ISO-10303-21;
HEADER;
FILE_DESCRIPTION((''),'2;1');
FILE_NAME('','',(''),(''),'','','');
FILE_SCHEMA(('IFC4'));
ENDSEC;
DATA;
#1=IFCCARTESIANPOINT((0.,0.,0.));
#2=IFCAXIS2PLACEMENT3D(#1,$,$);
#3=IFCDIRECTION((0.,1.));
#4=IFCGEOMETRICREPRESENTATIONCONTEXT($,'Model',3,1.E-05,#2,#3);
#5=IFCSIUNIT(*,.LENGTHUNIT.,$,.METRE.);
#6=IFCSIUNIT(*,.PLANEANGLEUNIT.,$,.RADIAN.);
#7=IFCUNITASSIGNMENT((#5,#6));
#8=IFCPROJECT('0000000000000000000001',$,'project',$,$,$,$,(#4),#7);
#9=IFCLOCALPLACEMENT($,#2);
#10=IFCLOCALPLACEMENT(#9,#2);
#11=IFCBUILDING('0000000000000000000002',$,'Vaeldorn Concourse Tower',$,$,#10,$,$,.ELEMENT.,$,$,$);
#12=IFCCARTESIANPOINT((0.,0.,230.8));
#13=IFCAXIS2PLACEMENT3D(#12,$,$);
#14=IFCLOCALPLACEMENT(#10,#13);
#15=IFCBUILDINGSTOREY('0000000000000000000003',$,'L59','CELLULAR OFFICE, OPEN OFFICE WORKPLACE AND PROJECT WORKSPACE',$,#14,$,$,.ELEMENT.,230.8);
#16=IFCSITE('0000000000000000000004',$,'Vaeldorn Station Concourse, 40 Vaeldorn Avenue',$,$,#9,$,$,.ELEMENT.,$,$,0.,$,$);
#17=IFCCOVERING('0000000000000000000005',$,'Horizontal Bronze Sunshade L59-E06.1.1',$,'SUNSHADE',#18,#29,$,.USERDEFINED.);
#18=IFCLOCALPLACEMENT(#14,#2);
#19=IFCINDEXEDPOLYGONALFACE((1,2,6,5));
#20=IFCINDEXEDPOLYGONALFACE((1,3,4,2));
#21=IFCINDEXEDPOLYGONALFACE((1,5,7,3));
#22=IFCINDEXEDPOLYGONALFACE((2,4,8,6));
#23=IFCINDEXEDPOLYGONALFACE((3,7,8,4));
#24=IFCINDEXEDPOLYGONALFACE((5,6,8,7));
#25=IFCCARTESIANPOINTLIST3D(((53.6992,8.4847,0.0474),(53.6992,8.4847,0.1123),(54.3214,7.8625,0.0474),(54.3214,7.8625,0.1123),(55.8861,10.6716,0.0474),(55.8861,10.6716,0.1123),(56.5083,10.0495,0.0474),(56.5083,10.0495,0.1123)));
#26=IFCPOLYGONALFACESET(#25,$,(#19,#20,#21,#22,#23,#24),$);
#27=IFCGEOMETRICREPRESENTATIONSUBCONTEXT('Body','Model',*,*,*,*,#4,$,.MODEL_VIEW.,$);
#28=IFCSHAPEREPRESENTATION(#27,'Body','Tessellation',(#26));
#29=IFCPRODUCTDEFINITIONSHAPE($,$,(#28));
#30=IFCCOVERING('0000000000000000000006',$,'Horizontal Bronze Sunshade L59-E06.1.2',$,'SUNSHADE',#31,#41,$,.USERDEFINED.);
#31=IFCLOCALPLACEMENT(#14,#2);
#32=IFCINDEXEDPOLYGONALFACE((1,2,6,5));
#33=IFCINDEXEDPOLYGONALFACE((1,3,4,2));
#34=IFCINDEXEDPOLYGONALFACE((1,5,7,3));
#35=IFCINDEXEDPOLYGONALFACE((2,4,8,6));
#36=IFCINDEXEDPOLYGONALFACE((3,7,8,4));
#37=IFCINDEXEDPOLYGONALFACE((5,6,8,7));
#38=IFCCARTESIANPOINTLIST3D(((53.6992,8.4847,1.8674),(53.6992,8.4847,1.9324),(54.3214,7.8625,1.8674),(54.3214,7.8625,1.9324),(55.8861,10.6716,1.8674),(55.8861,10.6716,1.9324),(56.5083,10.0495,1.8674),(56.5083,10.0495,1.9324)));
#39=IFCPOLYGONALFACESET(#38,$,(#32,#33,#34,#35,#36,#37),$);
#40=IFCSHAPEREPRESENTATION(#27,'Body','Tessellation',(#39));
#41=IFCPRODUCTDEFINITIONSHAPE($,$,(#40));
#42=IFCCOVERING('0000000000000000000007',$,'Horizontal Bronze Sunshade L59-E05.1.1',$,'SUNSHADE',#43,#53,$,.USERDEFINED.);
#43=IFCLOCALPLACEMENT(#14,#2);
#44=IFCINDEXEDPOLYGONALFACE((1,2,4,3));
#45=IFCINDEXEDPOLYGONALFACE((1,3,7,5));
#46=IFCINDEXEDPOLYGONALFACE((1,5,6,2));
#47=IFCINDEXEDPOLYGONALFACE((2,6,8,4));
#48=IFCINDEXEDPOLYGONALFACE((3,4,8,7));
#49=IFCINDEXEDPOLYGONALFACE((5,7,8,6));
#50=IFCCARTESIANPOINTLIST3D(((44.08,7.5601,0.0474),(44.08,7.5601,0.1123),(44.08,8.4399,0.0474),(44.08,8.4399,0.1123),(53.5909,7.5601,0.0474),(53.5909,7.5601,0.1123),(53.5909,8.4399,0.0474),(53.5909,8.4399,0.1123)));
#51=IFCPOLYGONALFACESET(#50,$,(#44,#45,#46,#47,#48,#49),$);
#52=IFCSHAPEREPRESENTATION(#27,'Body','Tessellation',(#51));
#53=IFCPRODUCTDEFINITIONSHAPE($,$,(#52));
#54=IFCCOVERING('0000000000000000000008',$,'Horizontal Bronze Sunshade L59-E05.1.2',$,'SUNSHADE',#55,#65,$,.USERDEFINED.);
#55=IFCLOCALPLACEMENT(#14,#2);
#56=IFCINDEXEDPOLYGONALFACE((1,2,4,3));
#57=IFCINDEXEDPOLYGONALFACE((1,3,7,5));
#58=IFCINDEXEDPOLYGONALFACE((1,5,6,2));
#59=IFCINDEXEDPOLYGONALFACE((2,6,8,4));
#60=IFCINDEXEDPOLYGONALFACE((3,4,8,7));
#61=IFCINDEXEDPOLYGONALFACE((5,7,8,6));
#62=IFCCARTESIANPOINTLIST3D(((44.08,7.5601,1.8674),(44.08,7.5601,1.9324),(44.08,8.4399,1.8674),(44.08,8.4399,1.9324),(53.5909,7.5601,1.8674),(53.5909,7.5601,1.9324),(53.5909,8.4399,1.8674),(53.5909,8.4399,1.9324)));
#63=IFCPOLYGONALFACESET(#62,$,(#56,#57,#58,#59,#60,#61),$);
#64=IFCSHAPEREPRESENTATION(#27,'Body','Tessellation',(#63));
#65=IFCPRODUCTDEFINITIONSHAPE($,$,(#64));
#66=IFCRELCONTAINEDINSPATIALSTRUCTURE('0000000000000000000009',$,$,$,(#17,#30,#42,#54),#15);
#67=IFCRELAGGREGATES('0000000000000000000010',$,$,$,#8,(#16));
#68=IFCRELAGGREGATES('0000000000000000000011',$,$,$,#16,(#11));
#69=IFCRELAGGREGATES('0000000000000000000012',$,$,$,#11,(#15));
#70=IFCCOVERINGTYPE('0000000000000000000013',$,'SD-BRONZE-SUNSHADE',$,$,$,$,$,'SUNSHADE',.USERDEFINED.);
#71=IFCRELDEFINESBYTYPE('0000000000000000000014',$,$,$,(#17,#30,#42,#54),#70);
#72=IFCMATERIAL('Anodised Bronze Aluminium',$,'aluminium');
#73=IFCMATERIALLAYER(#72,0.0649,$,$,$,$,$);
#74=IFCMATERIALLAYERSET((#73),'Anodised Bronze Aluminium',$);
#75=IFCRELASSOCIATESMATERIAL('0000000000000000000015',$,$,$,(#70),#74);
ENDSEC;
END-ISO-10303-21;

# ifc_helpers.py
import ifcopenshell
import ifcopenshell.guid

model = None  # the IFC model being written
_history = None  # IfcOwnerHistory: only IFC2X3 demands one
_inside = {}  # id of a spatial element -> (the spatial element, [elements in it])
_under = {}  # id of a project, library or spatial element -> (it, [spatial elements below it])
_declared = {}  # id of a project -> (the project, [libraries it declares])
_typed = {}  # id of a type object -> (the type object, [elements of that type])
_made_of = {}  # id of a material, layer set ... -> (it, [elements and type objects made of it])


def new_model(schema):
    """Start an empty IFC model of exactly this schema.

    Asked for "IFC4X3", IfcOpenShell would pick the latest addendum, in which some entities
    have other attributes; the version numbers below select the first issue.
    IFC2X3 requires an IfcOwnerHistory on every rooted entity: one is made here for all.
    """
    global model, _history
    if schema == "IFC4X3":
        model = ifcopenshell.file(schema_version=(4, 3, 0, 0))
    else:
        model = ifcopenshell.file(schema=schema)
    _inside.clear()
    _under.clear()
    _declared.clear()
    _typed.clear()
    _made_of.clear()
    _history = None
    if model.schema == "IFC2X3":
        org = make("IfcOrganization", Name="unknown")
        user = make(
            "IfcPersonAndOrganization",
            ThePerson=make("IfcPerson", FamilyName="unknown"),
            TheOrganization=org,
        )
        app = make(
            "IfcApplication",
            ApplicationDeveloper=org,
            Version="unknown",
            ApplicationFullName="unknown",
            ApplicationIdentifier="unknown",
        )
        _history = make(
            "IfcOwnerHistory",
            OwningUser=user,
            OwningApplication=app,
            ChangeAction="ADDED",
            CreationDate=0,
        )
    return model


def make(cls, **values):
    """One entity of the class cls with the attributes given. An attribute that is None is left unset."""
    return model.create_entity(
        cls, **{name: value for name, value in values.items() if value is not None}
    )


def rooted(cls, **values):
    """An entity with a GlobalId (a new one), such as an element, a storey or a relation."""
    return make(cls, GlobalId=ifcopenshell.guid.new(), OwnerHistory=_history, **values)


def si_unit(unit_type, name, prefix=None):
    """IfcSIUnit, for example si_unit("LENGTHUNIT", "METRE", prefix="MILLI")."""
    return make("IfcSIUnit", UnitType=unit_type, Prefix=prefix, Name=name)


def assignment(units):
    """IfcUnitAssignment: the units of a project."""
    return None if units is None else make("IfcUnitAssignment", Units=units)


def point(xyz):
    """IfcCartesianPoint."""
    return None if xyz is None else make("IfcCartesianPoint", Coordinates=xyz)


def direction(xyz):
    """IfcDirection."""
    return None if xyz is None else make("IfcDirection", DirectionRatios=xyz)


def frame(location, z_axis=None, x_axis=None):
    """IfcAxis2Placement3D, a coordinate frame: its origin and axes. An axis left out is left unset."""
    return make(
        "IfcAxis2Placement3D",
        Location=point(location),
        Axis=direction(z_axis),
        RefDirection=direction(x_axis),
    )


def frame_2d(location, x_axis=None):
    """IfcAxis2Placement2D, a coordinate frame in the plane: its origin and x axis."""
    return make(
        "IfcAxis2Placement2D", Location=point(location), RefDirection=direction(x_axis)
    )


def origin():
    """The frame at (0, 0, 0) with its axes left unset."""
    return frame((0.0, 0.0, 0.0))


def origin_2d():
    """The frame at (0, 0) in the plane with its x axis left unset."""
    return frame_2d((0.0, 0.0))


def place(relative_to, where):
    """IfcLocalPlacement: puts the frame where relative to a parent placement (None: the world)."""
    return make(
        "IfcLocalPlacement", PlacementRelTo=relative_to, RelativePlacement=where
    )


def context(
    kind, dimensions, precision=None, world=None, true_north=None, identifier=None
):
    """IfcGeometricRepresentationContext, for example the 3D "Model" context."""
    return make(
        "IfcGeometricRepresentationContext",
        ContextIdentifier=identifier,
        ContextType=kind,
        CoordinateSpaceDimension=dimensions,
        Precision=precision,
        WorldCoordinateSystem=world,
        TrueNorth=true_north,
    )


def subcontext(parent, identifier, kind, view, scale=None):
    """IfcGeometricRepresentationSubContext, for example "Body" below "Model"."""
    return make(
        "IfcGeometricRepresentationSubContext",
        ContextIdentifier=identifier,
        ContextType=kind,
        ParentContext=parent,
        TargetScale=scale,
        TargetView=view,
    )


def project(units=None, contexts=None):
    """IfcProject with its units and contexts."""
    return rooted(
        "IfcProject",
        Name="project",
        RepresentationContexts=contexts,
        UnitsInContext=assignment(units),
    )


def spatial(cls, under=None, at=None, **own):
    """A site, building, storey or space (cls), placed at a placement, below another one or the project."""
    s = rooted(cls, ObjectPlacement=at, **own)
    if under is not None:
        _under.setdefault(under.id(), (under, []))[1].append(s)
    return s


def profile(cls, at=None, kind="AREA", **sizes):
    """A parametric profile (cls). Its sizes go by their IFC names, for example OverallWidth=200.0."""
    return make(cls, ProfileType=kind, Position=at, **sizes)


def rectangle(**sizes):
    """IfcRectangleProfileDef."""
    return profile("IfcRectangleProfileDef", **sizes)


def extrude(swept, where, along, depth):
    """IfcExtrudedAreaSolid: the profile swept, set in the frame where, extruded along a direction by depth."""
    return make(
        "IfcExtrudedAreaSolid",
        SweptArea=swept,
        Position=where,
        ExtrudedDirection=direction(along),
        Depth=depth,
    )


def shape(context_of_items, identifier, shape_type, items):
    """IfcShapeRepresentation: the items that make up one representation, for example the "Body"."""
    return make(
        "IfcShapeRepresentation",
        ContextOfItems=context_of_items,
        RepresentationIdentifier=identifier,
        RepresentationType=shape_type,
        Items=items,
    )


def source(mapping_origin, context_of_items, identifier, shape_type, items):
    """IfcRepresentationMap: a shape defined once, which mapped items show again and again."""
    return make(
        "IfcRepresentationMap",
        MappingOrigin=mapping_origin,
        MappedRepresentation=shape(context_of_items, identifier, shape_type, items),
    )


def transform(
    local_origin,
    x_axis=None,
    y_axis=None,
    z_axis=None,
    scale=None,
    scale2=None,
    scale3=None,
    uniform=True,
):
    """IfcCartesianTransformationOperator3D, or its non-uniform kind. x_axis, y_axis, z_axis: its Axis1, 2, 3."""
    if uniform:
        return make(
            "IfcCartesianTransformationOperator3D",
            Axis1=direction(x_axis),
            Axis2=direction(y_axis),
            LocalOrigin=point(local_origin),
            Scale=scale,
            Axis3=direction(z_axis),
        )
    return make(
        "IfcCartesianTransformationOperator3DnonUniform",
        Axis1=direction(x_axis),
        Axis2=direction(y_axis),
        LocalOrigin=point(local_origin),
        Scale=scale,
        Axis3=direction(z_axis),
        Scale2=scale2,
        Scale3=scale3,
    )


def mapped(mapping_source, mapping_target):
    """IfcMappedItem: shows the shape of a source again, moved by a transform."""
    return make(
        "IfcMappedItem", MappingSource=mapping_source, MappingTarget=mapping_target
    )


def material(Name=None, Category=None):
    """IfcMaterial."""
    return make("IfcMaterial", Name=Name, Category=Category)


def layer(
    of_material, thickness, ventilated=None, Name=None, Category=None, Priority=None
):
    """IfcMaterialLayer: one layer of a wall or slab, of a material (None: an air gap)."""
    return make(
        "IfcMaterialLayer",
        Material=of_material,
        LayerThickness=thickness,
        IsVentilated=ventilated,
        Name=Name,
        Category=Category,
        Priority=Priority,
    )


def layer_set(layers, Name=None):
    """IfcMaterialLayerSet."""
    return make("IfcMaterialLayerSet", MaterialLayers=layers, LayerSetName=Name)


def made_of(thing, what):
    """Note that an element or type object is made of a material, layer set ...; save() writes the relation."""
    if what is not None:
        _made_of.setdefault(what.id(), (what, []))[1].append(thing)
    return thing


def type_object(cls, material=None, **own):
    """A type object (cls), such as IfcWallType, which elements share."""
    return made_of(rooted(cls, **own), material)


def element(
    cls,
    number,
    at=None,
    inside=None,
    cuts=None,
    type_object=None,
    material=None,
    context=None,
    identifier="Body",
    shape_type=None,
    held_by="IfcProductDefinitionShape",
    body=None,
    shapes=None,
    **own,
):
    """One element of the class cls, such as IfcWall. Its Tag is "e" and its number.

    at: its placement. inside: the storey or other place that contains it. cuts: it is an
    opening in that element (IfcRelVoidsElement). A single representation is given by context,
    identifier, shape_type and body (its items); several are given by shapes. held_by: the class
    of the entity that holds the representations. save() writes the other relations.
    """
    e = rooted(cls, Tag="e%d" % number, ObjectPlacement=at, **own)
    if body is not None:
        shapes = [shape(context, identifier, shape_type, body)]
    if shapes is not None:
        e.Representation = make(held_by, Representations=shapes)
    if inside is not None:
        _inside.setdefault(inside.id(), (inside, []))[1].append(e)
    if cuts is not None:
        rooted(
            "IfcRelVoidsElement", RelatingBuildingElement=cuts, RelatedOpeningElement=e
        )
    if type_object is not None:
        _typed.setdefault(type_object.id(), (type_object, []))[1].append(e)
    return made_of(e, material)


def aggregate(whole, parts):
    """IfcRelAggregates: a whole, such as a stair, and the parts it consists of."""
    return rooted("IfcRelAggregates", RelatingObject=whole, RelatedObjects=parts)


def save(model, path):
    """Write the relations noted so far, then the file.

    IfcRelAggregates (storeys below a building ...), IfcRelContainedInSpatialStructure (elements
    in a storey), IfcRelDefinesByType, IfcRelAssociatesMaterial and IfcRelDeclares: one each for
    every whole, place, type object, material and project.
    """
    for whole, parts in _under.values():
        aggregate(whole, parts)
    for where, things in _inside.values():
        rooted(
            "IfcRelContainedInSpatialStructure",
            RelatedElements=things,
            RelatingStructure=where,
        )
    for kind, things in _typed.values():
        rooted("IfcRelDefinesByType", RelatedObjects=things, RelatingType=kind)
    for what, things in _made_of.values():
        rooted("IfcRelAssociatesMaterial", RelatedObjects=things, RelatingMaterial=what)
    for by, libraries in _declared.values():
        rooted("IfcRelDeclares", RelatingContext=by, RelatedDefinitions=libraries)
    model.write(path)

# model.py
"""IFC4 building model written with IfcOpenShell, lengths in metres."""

from ifc_helpers import new_model, si_unit, direction, frame, origin, origin_2d, place, context, subcontext, project, spatial, rectangle, extrude, source, transform, mapped, material, layer, layer_set, type_object, element, save


model = new_model("IFC4")

# Units and contexts
model_context = context("Model", 3, precision=1e-05, world=origin(), true_north=direction((0.0, 1.0)))
body_context = subcontext(model_context, "Body", "Model", "MODEL_VIEW")
ifc_project = project(units=[si_unit("LENGTHUNIT", "METRE"), si_unit("PLANEANGLEUNIT", "RADIAN")], contexts=[model_context])

# Site, building, storey
site_placement = place(None, origin())
site = spatial("IfcSite", under=ifc_project, at=site_placement, Name="Vaeldorn Station Concourse, 40 Vaeldorn Avenue", CompositionType="ELEMENT", RefElevation=0.0)
building_placement = place(site_placement, origin())
building = spatial("IfcBuilding", under=site, at=building_placement, Name="Vaeldorn Concourse Tower", CompositionType="ELEMENT")
storey_placement = place(building_placement, frame((0.0, 0.0, 230.8)))
storey = spatial("IfcBuildingStorey", under=building, at=storey_placement, Name="L59", Description="CELLULAR OFFICE, OPEN OFFICE WORKPLACE AND PROJECT WORKSPACE", CompositionType="ELEMENT", Elevation=230.8)

# Shared definitions
ifc_material_1 = material(Name="Anodised Bronze Aluminium", Category="aluminium")

# Coverings
ifc_layer_1 = layer(ifc_material_1, 0.0649)
ifc_layer_set_1 = layer_set([ifc_layer_1], Name="Anodised Bronze Aluminium")
covering_type = type_object("IfcCoveringType", Name="SD-BRONZE-SUNSHADE", ElementType="SUNSHADE", PredefinedType="USERDEFINED", material=ifc_layer_set_1)
shared_shape_1 = source(origin(), body_context, "Body", "SweptSolid", [
    extrude(rectangle(XDim=3.0928, YDim=0.8799, at=origin_2d()), origin(), (0.0, 0.0, 1.0), 0.0649),
])
for number, where, z_axis, x_axis, name in (
    (1, (55.1038, 9.2671, 0.0474), (0.0, 0.0, 1.0), (0.707107, 0.707107, 0.0), "Horizontal Bronze Sunshade L59-E06.1.1"),
    (2, (55.1038, 9.2671, 1.8674), (0.0, 0.0, 1.0), (0.707107, 0.707107, 0.0), "Horizontal Bronze Sunshade L59-E06.1.2"),
):
    element("IfcCovering", number, at=place(storey_placement, frame(where, z_axis=z_axis, x_axis=x_axis)), inside=storey, type_object=covering_type, Name=name, ObjectType="SUNSHADE", PredefinedType="USERDEFINED", context=body_context, shape_type="MappedRepresentation", body=[
        mapped(shared_shape_1, transform((0.0, 0.0, 0.0), scale=1.0)),
    ])
shared_shape_2 = source(origin(), body_context, "Body", "SweptSolid", [
    extrude(rectangle(XDim=9.511, YDim=0.8799, at=origin_2d()), origin(), (0.0, 0.0, 1.0), 0.0649),
])
for number, where, z_axis, x_axis, name in (
    (3, (48.8354, 8.0, 0.0474), (0.0, 0.0, 1.0), (1.0, 0.0, 0.0), "Horizontal Bronze Sunshade L59-E05.1.1"),
    (4, (48.8354, 8.0, 1.8674), (0.0, 0.0, 1.0), (1.0, 0.0, 0.0), "Horizontal Bronze Sunshade L59-E05.1.2"),
):
    element("IfcCovering", number, at=place(storey_placement, frame(where, z_axis=z_axis, x_axis=x_axis)), inside=storey, type_object=covering_type, Name=name, ObjectType="SUNSHADE", PredefinedType="USERDEFINED", context=body_context, shape_type="MappedRepresentation", body=[
        mapped(shared_shape_2, transform((0.0, 0.0, 0.0), scale=1.0)),
    ])

save(model, "model.ifc")
